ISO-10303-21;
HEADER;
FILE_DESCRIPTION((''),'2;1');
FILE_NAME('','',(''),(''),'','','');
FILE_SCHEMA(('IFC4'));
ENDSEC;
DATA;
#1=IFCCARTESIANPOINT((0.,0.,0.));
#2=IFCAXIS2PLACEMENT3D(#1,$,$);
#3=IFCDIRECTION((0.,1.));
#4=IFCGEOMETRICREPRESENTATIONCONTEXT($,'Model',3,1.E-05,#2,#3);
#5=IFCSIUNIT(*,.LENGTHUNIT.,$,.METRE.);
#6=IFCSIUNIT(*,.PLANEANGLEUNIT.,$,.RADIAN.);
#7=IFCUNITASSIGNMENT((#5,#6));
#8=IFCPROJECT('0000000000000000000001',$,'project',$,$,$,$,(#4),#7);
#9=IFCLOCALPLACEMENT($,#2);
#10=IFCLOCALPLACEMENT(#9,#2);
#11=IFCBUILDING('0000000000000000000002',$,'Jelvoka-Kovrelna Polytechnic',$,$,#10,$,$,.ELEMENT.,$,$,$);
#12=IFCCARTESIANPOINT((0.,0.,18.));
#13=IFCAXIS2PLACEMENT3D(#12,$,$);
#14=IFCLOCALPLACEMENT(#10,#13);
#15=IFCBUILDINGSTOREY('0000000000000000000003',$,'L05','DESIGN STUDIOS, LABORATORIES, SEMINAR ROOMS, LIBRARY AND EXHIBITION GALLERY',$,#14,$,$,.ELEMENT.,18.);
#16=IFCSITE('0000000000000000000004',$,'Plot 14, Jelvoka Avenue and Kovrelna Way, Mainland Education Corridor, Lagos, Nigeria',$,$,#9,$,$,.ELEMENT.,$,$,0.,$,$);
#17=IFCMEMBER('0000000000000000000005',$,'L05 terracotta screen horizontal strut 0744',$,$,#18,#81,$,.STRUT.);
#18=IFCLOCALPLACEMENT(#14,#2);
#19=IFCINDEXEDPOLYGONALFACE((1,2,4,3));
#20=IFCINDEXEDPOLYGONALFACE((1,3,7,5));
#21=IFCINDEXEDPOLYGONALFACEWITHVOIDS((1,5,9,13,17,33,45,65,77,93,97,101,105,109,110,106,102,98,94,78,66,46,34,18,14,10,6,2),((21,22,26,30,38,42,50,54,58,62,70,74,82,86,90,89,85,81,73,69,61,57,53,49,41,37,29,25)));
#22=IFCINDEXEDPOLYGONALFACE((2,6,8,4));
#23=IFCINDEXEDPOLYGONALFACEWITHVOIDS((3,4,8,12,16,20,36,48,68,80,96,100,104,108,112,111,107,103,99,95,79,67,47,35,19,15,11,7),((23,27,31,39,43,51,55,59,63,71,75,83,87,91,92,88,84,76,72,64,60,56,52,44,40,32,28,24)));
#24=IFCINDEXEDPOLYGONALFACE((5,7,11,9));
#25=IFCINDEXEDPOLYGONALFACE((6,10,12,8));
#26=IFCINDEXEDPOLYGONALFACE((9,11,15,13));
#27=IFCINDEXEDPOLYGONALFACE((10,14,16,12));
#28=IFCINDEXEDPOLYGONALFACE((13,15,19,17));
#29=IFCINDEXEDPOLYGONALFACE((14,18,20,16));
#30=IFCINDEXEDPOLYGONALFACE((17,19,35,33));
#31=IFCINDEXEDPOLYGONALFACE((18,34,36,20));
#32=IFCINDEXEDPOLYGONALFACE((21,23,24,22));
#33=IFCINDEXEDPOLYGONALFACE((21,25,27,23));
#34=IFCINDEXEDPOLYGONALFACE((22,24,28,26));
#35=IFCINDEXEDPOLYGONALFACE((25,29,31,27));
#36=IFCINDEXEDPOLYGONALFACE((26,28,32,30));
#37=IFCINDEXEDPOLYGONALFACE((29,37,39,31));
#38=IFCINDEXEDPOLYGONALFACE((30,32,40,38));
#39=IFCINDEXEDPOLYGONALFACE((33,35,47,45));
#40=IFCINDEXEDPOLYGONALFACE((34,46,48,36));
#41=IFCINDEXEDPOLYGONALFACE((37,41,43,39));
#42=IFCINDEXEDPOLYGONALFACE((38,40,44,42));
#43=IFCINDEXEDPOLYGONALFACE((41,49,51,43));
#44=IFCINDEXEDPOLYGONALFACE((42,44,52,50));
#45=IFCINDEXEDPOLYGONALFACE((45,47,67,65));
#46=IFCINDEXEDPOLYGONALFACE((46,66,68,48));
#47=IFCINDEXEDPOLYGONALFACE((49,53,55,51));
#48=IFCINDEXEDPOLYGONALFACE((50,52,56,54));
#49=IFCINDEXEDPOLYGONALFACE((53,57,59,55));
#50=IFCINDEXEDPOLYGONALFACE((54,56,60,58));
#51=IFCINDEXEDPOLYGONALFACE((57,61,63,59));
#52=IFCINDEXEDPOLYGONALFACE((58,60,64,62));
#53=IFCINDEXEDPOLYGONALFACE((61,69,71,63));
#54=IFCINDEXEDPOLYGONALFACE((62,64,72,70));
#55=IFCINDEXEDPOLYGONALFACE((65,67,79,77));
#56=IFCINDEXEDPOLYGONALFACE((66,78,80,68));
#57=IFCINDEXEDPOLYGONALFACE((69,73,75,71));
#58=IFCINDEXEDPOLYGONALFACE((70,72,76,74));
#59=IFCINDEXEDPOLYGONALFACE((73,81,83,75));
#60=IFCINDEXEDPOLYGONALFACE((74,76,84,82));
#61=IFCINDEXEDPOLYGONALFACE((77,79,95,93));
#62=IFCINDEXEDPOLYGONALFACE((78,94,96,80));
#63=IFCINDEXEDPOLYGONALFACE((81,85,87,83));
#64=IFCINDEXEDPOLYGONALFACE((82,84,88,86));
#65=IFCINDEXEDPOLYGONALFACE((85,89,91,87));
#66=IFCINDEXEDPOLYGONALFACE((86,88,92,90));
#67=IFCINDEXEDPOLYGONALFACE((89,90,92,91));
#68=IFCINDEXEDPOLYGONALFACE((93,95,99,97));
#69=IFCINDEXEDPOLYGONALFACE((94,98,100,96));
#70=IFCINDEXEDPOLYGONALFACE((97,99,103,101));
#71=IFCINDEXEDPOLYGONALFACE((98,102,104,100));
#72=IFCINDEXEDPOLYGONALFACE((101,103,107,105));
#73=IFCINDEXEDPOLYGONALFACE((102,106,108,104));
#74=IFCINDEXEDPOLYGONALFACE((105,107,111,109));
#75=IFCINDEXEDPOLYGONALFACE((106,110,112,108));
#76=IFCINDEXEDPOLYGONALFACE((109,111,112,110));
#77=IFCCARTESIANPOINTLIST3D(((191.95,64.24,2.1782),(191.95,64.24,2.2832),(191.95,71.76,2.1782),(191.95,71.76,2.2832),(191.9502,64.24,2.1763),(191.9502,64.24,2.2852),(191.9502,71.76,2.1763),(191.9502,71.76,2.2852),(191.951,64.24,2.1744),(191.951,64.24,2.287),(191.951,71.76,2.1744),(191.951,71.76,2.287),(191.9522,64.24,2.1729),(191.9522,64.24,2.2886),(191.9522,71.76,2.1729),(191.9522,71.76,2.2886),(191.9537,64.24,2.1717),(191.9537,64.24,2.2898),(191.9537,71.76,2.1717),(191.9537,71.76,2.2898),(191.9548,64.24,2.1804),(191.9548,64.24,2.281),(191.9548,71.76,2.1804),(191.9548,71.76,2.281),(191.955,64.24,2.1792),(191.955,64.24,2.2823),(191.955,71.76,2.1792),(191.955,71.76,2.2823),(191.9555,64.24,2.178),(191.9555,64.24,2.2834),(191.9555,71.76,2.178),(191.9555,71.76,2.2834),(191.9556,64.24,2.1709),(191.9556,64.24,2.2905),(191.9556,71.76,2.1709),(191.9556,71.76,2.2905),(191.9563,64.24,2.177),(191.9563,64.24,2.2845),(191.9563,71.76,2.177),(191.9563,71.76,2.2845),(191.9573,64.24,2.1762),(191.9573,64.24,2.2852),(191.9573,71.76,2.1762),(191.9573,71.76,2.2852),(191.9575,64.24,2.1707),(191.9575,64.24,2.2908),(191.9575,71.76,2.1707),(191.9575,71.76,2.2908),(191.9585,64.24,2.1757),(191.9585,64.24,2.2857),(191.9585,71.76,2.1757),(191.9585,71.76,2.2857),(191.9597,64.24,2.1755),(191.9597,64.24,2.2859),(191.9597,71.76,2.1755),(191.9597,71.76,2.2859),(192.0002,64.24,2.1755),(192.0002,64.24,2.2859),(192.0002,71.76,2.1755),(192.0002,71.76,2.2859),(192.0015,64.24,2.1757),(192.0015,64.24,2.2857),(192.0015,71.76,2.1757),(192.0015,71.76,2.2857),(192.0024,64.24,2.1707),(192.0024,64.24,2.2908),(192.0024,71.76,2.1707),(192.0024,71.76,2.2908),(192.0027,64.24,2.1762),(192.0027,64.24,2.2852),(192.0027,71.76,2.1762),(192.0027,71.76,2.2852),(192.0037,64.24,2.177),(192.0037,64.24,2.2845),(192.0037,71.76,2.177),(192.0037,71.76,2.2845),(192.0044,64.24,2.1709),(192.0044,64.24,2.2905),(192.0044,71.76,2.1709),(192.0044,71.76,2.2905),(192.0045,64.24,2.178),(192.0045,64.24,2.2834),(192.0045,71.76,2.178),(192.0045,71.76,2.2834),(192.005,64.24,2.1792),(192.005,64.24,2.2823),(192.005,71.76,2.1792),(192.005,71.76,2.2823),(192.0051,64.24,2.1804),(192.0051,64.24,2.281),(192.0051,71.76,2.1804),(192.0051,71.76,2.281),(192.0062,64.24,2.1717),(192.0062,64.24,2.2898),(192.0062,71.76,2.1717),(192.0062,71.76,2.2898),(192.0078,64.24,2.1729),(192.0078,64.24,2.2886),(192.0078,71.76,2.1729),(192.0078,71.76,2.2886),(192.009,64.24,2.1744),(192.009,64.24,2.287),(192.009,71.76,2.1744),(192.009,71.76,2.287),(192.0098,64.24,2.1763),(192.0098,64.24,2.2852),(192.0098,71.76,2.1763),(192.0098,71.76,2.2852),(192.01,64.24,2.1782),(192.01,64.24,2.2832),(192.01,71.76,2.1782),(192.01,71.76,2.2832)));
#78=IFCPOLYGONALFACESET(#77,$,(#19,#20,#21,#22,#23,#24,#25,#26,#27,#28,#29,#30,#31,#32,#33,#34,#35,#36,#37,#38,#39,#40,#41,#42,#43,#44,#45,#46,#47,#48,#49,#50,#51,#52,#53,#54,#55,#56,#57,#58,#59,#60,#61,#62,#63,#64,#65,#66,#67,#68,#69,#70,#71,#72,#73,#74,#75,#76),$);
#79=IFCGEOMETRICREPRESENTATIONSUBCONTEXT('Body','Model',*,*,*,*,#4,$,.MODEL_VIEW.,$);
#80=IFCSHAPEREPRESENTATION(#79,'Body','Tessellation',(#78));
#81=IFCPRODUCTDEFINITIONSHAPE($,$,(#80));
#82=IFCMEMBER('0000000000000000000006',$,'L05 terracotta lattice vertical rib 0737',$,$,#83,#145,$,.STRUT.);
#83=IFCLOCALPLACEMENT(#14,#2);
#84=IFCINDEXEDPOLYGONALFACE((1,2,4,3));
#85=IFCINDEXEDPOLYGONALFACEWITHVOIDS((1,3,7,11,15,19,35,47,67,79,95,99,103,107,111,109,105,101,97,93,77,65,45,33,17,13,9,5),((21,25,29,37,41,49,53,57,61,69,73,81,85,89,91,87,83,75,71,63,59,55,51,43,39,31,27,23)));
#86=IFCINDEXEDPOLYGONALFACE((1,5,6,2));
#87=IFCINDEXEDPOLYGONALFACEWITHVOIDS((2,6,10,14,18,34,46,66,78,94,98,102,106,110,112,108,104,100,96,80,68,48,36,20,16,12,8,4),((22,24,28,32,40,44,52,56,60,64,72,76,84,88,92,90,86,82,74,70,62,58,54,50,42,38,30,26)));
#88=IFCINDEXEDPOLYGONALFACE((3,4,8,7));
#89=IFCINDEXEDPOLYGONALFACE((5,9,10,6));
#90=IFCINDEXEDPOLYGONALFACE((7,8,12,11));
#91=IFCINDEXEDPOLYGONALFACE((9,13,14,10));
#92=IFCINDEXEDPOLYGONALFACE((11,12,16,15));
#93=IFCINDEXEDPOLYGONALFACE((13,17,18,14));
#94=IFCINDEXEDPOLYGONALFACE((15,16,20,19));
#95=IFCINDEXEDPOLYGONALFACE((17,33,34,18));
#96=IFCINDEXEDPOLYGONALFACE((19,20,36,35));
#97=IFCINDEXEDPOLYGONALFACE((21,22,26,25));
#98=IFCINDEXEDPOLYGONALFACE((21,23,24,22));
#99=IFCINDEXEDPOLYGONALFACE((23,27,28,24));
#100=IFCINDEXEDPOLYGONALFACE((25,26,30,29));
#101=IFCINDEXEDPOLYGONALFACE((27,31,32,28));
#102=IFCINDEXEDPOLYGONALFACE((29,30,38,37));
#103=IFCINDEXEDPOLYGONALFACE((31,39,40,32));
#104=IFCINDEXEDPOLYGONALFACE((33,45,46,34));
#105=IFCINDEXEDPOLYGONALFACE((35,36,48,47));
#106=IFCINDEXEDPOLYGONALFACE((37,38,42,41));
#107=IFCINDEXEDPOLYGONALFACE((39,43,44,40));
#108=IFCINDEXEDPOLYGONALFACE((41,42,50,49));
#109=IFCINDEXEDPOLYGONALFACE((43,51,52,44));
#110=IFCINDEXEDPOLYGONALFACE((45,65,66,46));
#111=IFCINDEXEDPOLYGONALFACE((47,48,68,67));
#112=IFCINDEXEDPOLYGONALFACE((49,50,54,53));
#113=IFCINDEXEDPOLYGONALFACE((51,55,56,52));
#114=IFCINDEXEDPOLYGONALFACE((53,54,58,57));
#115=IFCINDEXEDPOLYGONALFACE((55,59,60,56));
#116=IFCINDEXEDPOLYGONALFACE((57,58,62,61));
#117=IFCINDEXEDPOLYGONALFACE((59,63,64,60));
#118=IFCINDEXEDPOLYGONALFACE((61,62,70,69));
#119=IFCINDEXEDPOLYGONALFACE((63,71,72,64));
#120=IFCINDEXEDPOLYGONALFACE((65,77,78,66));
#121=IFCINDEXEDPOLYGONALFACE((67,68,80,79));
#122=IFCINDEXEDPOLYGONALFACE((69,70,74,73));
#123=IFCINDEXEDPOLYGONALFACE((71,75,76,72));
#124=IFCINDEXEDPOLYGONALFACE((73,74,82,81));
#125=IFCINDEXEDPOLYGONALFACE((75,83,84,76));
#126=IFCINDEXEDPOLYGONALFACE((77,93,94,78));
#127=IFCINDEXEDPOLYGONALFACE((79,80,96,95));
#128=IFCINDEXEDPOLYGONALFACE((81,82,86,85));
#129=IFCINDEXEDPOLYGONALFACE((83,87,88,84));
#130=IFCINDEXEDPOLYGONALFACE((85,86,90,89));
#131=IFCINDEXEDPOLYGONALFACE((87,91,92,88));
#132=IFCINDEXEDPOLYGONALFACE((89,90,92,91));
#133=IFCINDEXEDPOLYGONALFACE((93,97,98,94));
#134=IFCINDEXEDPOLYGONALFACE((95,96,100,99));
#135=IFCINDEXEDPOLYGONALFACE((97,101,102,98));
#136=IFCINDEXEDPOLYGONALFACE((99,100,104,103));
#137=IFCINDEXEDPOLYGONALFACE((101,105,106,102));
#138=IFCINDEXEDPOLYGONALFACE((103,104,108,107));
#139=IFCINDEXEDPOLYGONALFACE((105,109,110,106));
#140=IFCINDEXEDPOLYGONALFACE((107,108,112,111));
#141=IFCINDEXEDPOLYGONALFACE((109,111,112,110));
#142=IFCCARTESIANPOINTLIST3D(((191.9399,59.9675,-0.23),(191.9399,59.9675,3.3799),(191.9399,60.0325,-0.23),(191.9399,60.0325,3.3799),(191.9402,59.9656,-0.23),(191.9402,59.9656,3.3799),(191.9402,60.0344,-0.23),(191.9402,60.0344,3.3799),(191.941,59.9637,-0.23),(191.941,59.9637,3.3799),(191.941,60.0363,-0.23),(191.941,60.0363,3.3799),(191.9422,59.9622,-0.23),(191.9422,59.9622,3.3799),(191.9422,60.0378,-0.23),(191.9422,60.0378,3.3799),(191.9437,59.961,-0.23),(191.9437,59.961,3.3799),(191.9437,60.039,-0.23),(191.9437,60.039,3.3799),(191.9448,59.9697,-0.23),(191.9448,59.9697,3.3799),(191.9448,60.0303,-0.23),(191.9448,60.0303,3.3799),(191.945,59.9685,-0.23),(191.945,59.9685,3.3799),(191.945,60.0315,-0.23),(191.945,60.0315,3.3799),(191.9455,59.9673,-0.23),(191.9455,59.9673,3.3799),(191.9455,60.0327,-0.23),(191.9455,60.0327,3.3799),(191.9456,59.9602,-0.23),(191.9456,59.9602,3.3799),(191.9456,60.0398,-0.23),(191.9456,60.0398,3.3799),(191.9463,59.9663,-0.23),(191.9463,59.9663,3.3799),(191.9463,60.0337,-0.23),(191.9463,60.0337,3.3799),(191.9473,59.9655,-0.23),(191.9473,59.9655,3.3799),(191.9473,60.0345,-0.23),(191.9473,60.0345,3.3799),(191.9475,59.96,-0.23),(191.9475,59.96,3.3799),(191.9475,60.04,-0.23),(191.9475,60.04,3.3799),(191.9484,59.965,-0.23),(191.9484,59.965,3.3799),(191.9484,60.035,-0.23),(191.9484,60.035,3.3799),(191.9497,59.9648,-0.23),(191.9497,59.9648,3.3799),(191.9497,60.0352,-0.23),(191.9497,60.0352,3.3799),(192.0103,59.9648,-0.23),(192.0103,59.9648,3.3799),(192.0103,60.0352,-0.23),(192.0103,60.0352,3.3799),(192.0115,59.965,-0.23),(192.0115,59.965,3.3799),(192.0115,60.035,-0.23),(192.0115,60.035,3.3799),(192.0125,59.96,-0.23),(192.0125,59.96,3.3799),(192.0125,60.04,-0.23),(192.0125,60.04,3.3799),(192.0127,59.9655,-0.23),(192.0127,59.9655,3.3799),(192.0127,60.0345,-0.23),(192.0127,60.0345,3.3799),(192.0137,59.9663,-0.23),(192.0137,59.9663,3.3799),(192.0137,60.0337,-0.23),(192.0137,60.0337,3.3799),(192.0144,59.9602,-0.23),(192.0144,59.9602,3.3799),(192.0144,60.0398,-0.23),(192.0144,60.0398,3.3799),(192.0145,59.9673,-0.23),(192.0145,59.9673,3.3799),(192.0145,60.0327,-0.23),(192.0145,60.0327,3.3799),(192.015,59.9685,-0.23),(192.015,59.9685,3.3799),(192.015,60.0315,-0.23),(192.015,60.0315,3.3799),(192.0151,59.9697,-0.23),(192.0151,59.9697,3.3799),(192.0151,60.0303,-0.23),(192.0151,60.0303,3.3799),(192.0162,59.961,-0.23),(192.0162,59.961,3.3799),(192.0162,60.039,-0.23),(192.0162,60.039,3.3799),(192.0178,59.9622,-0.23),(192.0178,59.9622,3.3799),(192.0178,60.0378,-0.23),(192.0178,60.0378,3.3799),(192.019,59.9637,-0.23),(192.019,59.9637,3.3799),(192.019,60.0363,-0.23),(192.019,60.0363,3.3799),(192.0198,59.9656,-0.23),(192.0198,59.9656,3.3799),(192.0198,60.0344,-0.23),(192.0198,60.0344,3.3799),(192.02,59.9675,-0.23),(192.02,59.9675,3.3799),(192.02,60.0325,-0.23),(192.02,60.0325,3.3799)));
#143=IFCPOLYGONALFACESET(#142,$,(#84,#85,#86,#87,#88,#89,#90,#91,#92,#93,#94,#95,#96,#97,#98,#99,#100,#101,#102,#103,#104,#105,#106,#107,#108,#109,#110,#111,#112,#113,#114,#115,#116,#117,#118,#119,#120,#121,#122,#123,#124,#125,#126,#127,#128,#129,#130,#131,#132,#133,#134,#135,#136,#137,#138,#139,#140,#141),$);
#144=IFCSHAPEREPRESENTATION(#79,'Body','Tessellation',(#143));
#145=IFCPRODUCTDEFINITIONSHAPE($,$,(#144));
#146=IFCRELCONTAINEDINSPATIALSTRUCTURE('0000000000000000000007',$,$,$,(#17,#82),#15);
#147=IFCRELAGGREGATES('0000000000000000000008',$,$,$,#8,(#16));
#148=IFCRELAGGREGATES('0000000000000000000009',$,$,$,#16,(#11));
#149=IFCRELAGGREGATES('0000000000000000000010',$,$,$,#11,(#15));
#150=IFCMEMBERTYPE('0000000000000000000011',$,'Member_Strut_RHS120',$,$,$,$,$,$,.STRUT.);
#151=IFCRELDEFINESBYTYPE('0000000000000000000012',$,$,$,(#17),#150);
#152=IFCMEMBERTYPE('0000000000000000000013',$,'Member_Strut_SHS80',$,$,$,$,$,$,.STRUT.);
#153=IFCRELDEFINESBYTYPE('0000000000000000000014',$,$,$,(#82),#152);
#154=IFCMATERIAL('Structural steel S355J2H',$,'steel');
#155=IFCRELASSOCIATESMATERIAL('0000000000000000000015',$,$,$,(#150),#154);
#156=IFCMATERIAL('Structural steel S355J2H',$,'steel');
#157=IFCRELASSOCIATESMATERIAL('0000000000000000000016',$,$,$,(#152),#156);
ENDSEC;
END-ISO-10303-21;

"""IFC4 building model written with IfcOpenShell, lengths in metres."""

from ifc_helpers import new_model, si_unit, direction, frame, origin, origin_2d, place, context, subcontext, project, spatial, hollow_rectangle, extrude, material, material_profile, profile_set, type_object, element, save


model = new_model("IFC4")

# Units and contexts
model_context = context("Model", 3, precision=1e-05, world=origin(), true_north=direction((0.0, 1.0)))
body_context = subcontext(model_context, "Body", "Model", "MODEL_VIEW")
ifc_project = project(units=[si_unit("LENGTHUNIT", "METRE"), si_unit("PLANEANGLEUNIT", "RADIAN")], contexts=[model_context])

# Site, building, storey
site_placement = place(None, origin())
site = spatial("IfcSite", under=ifc_project, at=site_placement, Name="Plot 14, Jelvoka Avenue and Kovrelna Way, Mainland Education Corridor, Lagos, Nigeria", CompositionType="ELEMENT", RefElevation=0.0)
building_placement = place(site_placement, origin())
building = spatial("IfcBuilding", under=site, at=building_placement, Name="Jelvoka-Kovrelna Polytechnic", CompositionType="ELEMENT")
storey_placement = place(building_placement, frame((0.0, 0.0, 18.0)))
storey = spatial("IfcBuildingStorey", under=building, at=storey_placement, Name="L05", Description="DESIGN STUDIOS, LABORATORIES, SEMINAR ROOMS, LIBRARY AND EXHIBITION GALLERY", CompositionType="ELEMENT", Elevation=18.0)

# Members
ifc_material_1 = material(Name="Structural steel S355J2H", Category="steel")
ifc_material_profile_1 = material_profile(ifc_material_1, hollow_rectangle(XDim=0.0601, YDim=0.1201, WallThickness=0.0049, InnerFilletRadius=0.0049, OuterFilletRadius=0.0076, at=origin_2d()), Name="120x60x5.0 RHS")
ifc_profile_set_1 = profile_set([ifc_material_profile_1], Name="Structural steel S355J2H")
member_type_1 = type_object("IfcMemberType", Name="Member_Strut_RHS120", PredefinedType="STRUT", material=ifc_profile_set_1)
for number, where, z_axis, x_axis, name in (
    (1, (191.98, 64.24, 2.2307), (0.0, 1.0, 0.0), (-1.0, 0.0, 0.0), "L05 terracotta screen horizontal strut 0744"),
):
    element("IfcMember", number, at=place(storey_placement, frame(where, z_axis=z_axis, x_axis=x_axis)), inside=storey, type_object=member_type_1, Name=name, PredefinedType="STRUT", context=body_context, shape_type="SweptSolid", body=[
        extrude(hollow_rectangle(XDim=0.0601, YDim=0.1201, WallThickness=0.0049, InnerFilletRadius=0.0049, OuterFilletRadius=0.0076, at=origin_2d()), origin(), (0.0, 0.0, 1.0), 7.52),
    ])
ifc_material_2 = material(Name="Structural steel S355J2H", Category="steel")
ifc_material_profile_2 = material_profile(ifc_material_2, hollow_rectangle(XDim=0.0801, YDim=0.0801, WallThickness=0.0049, InnerFilletRadius=0.0049, OuterFilletRadius=0.0076, at=origin_2d()), Name="80x80x5.0 SHS")
ifc_profile_set_2 = profile_set([ifc_material_profile_2], Name="Structural steel S355J2H")
member_type_2 = type_object("IfcMemberType", Name="Member_Strut_SHS80", PredefinedType="STRUT", material=ifc_profile_set_2)
for number, where, z_axis, x_axis, name in (
    (2, (191.98, 60.0, -0.23), (0.0, 0.0, 1.0), (1.0, 0.0, 0.0), "L05 terracotta lattice vertical rib 0737"),
):
    element("IfcMember", number, at=place(storey_placement, frame(where, z_axis=z_axis, x_axis=x_axis)), inside=storey, type_object=member_type_2, Name=name, PredefinedType="STRUT", context=body_context, shape_type="SweptSolid", body=[
        extrude(hollow_rectangle(XDim=0.0801, YDim=0.0801, WallThickness=0.0049, InnerFilletRadius=0.0049, OuterFilletRadius=0.0076, at=origin_2d()), origin(), (0.0, 0.0, 1.0), 3.6099),
    ])

save(model, "model.ifc")
